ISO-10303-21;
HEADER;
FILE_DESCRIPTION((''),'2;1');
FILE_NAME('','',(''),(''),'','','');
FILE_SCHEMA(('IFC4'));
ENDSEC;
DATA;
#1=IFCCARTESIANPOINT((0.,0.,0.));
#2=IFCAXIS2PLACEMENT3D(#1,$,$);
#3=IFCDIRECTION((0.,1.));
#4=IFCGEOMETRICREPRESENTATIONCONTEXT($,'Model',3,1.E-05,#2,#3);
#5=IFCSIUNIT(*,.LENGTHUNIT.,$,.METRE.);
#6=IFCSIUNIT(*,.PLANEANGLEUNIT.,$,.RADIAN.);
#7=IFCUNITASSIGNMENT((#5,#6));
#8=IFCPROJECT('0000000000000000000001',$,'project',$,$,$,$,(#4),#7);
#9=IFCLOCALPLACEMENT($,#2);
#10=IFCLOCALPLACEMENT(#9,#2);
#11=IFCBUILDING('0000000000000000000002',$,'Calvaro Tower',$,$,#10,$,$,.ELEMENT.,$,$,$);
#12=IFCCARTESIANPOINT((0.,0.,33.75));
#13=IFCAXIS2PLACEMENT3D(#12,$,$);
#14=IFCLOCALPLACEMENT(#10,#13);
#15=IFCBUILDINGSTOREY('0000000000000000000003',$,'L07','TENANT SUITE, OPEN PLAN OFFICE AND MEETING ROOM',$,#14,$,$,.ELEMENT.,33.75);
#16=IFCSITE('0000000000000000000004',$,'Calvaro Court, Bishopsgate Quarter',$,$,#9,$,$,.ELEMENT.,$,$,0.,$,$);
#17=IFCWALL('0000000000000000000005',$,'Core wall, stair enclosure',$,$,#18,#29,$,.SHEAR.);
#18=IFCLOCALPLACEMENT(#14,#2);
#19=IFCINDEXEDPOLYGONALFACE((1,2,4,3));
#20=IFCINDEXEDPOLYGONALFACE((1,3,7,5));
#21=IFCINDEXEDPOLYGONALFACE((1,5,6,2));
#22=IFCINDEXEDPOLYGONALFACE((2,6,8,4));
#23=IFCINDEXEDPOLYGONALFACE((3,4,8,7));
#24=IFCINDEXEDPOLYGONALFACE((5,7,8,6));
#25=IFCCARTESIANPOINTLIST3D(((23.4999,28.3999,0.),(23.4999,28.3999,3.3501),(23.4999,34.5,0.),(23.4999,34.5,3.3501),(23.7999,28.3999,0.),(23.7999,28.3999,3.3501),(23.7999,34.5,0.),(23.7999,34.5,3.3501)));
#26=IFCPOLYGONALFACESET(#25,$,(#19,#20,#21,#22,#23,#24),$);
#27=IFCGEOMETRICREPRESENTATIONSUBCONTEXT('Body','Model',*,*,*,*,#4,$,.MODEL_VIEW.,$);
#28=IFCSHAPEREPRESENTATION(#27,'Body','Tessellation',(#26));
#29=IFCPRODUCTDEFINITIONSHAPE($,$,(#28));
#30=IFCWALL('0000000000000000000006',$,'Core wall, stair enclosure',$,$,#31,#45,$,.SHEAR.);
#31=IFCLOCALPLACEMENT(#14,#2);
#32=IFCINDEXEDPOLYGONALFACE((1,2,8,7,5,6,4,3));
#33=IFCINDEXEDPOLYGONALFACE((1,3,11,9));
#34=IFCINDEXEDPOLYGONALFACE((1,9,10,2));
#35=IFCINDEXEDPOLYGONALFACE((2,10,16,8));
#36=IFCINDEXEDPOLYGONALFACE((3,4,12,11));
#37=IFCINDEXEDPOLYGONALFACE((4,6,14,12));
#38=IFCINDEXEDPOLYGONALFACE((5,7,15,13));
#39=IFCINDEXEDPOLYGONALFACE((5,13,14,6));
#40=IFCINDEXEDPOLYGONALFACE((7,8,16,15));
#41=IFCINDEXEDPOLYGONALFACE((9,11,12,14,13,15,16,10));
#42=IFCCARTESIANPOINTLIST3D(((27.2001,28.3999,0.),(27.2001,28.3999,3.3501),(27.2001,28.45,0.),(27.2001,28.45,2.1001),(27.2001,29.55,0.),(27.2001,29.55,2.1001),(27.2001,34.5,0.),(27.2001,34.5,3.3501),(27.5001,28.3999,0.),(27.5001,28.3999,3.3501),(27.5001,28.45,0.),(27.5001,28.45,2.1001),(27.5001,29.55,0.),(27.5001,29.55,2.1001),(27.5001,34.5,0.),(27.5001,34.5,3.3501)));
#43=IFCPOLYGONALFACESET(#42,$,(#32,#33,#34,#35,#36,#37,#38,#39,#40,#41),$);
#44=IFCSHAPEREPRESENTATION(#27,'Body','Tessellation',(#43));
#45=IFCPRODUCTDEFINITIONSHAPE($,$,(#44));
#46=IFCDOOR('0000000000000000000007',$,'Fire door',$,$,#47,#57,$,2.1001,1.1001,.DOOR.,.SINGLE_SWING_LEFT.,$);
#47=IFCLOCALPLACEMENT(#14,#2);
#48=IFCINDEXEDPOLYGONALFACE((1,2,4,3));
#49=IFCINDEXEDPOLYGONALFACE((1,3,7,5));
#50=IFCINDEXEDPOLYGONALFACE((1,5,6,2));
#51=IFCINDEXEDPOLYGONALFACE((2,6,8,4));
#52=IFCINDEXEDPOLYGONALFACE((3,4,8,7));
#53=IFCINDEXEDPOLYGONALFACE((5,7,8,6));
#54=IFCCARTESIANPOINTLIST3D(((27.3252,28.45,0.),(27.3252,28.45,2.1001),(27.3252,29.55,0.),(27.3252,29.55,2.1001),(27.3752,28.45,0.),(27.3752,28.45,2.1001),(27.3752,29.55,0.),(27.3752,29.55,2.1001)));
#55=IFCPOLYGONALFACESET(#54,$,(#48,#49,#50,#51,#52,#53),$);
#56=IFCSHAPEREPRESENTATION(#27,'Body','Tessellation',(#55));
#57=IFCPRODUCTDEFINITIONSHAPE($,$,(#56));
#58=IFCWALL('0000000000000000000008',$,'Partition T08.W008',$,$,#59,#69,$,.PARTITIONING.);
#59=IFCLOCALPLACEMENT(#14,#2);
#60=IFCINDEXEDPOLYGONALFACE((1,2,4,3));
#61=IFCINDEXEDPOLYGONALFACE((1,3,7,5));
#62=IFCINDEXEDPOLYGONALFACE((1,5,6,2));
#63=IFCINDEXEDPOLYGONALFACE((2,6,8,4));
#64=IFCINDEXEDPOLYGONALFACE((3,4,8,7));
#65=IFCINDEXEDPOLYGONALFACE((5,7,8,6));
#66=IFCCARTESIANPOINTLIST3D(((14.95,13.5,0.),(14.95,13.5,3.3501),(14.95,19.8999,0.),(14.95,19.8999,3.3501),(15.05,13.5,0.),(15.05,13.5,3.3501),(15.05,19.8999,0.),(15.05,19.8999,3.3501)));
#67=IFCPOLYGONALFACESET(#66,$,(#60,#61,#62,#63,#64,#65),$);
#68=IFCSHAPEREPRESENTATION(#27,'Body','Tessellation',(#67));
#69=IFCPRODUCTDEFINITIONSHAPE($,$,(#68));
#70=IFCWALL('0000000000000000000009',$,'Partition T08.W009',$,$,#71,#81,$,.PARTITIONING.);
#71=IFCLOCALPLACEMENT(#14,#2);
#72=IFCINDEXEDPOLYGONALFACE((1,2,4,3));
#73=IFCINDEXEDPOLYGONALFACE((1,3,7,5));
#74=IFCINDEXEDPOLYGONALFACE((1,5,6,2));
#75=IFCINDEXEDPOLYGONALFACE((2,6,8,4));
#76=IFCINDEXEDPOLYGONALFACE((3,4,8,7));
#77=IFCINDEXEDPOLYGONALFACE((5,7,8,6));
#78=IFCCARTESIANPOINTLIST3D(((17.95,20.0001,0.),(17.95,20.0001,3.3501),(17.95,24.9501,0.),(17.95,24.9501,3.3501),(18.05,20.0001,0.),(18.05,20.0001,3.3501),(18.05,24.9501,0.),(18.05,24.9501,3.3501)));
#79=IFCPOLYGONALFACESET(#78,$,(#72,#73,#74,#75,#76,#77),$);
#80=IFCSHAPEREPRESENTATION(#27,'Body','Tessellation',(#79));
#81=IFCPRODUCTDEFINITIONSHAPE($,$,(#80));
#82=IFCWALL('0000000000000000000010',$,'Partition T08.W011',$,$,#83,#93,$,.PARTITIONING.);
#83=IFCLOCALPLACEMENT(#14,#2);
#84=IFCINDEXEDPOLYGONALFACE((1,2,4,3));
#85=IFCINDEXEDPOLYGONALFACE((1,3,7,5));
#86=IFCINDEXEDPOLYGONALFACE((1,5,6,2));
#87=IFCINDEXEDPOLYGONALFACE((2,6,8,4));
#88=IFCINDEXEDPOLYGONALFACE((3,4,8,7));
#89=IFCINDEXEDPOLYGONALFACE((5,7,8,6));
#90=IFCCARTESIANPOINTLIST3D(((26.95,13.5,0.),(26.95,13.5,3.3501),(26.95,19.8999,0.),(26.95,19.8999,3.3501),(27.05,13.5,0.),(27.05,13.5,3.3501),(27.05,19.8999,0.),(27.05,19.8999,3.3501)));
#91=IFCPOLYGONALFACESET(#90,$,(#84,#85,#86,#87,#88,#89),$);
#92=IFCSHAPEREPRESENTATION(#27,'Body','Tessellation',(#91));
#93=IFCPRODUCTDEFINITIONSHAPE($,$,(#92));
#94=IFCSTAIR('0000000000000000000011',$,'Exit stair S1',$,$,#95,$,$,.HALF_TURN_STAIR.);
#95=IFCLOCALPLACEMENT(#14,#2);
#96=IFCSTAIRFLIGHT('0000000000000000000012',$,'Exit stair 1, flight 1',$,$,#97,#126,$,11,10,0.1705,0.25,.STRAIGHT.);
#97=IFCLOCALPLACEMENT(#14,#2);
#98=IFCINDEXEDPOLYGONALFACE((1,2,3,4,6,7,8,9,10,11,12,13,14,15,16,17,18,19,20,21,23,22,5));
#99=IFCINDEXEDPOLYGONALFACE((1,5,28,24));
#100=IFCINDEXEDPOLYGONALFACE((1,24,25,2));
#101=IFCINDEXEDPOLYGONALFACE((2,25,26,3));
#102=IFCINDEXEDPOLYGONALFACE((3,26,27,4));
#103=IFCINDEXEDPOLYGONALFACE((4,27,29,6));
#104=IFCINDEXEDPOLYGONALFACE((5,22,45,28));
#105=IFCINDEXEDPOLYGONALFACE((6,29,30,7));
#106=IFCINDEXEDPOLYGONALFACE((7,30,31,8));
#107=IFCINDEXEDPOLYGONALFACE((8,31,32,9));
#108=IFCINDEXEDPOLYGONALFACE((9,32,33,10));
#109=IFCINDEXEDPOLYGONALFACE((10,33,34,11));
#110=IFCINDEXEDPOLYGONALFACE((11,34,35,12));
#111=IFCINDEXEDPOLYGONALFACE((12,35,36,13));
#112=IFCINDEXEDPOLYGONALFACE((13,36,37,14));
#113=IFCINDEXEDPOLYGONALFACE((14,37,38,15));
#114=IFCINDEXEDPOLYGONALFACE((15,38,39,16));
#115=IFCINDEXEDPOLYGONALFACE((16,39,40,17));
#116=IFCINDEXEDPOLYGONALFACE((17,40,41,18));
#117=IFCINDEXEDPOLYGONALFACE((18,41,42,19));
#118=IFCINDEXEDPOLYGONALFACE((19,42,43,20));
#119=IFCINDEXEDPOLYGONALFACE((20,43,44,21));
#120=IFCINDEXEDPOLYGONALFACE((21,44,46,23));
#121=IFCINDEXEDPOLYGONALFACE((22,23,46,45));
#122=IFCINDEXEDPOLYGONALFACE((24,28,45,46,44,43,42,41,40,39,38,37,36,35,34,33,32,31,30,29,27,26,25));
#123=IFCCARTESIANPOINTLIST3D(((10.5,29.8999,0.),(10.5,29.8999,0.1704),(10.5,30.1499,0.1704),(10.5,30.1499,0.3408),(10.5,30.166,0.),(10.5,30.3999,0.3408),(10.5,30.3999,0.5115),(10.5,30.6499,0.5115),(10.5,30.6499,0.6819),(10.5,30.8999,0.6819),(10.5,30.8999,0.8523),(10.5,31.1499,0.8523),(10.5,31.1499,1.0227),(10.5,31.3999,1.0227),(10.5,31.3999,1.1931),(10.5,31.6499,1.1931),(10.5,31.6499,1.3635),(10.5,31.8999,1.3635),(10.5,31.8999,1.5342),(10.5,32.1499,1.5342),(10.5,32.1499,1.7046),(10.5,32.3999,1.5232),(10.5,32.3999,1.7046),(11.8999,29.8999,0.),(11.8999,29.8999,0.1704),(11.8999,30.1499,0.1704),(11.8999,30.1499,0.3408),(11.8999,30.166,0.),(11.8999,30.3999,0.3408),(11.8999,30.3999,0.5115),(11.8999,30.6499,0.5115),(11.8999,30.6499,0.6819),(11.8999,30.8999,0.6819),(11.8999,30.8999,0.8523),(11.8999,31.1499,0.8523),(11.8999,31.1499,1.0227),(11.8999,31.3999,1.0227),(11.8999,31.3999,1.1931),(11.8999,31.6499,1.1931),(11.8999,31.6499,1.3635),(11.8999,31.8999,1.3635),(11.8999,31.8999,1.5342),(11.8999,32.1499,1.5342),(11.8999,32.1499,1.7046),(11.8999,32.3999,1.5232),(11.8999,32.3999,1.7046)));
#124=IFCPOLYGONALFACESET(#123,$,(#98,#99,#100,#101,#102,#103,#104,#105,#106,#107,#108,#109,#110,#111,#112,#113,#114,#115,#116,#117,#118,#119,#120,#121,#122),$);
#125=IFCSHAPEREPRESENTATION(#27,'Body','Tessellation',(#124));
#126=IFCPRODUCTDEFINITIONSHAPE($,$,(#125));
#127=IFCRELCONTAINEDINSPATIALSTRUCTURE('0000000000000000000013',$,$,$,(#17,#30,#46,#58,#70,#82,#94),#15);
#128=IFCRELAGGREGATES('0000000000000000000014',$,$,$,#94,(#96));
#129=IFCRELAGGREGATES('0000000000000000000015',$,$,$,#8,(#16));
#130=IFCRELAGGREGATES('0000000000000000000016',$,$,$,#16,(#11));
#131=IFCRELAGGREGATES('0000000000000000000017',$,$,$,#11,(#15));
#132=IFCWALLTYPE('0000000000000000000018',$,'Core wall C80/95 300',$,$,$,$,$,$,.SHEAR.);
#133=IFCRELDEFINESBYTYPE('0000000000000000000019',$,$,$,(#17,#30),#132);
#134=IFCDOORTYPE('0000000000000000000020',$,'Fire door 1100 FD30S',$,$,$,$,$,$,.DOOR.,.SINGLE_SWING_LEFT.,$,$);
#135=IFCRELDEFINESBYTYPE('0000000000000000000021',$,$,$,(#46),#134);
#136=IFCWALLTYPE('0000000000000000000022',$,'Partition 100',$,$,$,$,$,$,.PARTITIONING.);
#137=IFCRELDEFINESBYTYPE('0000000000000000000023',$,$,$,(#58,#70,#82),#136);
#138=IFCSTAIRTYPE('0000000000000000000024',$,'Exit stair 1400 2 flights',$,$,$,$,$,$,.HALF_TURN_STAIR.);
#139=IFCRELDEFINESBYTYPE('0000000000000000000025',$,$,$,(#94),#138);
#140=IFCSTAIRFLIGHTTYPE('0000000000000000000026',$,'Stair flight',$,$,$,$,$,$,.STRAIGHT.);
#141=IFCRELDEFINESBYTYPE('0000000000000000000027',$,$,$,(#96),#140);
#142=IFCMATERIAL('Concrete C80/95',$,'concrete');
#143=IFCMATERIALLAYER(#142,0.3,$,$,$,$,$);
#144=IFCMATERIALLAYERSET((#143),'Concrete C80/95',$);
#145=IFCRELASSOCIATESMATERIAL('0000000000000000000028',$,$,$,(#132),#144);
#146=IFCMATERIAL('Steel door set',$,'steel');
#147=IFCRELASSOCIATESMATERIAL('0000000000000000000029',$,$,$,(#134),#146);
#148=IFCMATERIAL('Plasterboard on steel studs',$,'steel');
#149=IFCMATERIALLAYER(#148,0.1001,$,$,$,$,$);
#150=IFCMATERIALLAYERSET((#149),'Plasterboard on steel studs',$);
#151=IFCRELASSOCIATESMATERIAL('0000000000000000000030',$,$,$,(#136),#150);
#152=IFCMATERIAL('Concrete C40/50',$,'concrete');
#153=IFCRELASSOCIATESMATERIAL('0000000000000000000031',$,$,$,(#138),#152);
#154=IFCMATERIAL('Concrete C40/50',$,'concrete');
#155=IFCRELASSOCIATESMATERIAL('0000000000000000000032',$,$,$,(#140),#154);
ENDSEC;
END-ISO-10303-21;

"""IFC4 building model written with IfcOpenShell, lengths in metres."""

from ifc_helpers import new_model, si_unit, direction, frame, frame_2d, origin, place, context, subcontext, project, spatial, polyline, rectangle, outline, extrude, material, layer, layer_set, type_object, element, fill, aggregate, save


model = new_model("IFC4")

# Units and contexts
model_context = context("Model", 3, precision=1e-05, world=origin(), true_north=direction((0.0, 1.0)))
body_context = subcontext(model_context, "Body", "Model", "MODEL_VIEW")
ifc_project = project(units=[si_unit("LENGTHUNIT", "METRE"), si_unit("PLANEANGLEUNIT", "RADIAN")], contexts=[model_context])

# Site, building, storey
site_placement = place(None, origin())
site = spatial("IfcSite", under=ifc_project, at=site_placement, Name="Calvaro Court, Bishopsgate Quarter", CompositionType="ELEMENT", RefElevation=0.0)
building_placement = place(site_placement, origin())
building = spatial("IfcBuilding", under=site, at=building_placement, Name="Calvaro Tower", CompositionType="ELEMENT")
storey_placement = place(building_placement, frame((0.0, 0.0, 33.75)))
storey = spatial("IfcBuildingStorey", under=building, at=storey_placement, Name="L07", Description="TENANT SUITE, OPEN PLAN OFFICE AND MEETING ROOM", CompositionType="ELEMENT", Elevation=33.75)

# Wall
ifc_material_1 = material(Name="Concrete C80/95", Category="concrete")
ifc_layer_1 = layer(ifc_material_1, 0.3)
ifc_layer_set_1 = layer_set([ifc_layer_1], Name="Concrete C80/95")
wall_type_1 = type_object("IfcWallType", Name="Core wall C80/95 300", PredefinedType="SHEAR", material=ifc_layer_set_1)
for number, where, z_axis, x_axis, name in (
    (1, (23.6499, 28.3999, 0.0), (0.0, 0.0, 1.0), (0.0, 1.0, 0.0), "Core wall, stair enclosure"),
):
    element("IfcWall", number, at=place(storey_placement, frame(where, z_axis=z_axis, x_axis=x_axis)), inside=storey, type_object=wall_type_1, Name=name, PredefinedType="SHEAR", context=body_context, shape_type="SweptSolid", body=[
        extrude(rectangle(XDim=6.1001, YDim=0.3, at=frame_2d((3.05, 0.0))), origin(), (0.0, 0.0, 1.0), 3.3501),
    ])

# Wall, opening, door
wall_1_placement = place(storey_placement, frame((27.3501, 28.3999, 0.0), z_axis=(0.0, 0.0, 1.0), x_axis=(0.0, 1.0, 0.0)))
wall_1 = element("IfcWall", 2, at=wall_1_placement, inside=storey, type_object=wall_type_1, Name="Core wall, stair enclosure", PredefinedType="SHEAR", context=body_context, shape_type="SweptSolid", body=[
    extrude(rectangle(XDim=6.1001, YDim=0.3, at=frame_2d((3.05, 0.0))), origin(), (0.0, 0.0, 1.0), 3.3501),
])
opening_1_placement = place(wall_1_placement, frame((0.05, 0.0, 0.0)))
opening_1 = element("IfcOpeningElement", 3, at=opening_1_placement, cuts=wall_1, PredefinedType="OPENING", context=body_context, shape_type="SweptSolid", body=[
    extrude(rectangle(XDim=1.1001, YDim=2.1001, at=frame_2d((0.55, 1.05))), frame((0.0, 0.1599, 0.0), z_axis=(0.0, -1.0, 0.0), x_axis=(1.0, 0.0, 0.0)), (0.0, 0.0, 1.0), 0.3201),
])
ifc_material_2 = material(Name="Steel door set", Category="steel")
door_type_1 = type_object("IfcDoorType", Name="Fire door 1100 FD30S", OperationType="SINGLE_SWING_LEFT", PredefinedType="DOOR", material=ifc_material_2)
door_1_placement = place(opening_1_placement, origin())
door_1 = element("IfcDoor", 4, at=door_1_placement, inside=storey, type_object=door_type_1, Name="Fire door", OperationType="SINGLE_SWING_LEFT", OverallHeight=2.1001, OverallWidth=1.1001, PredefinedType="DOOR", context=body_context, shape_type="SweptSolid", body=[
    extrude(rectangle(XDim=1.1001, YDim=2.1001, at=frame_2d((0.55, 1.05))), frame((0.0, 0.0249, 0.0), z_axis=(0.0, -1.0, 0.0), x_axis=(1.0, 0.0, 0.0)), (0.0, 0.0, 1.0), 0.05),
])
fill(opening_1, door_1)

# Walls
ifc_material_3 = material(Name="Plasterboard on steel studs", Category="steel")
ifc_layer_2 = layer(ifc_material_3, 0.1001)
ifc_layer_set_2 = layer_set([ifc_layer_2], Name="Plasterboard on steel studs")
wall_type_2 = type_object("IfcWallType", Name="Partition 100", PredefinedType="PARTITIONING", material=ifc_layer_set_2)
wall_2_placement = place(storey_placement, frame((15.0, 13.5, 0.0), z_axis=(0.0, 0.0, 1.0), x_axis=(0.0, 1.0, 0.0)))
element("IfcWall", 5, at=wall_2_placement, inside=storey, type_object=wall_type_2, Name="Partition T08.W008", PredefinedType="PARTITIONING", context=body_context, shape_type="SweptSolid", body=[
    extrude(rectangle(XDim=6.3999, YDim=0.1001, at=frame_2d((3.2, 0.0))), origin(), (0.0, 0.0, 1.0), 3.3501),
])
wall_3_placement = place(storey_placement, frame((18.0, 20.0, 0.0), z_axis=(0.0, 0.0, 1.0), x_axis=(0.0, 1.0, 0.0)))
element("IfcWall", 6, at=wall_3_placement, inside=storey, type_object=wall_type_2, Name="Partition T08.W009", PredefinedType="PARTITIONING", context=body_context, shape_type="SweptSolid", body=[
    extrude(rectangle(XDim=4.95, YDim=0.1001, at=frame_2d((2.4751, 0.0))), origin(), (0.0, 0.0, 1.0), 3.3501),
])
wall_4_placement = place(storey_placement, frame((27.0, 13.5, 0.0), z_axis=(0.0, 0.0, 1.0), x_axis=(0.0, 1.0, 0.0)))
element("IfcWall", 7, at=wall_4_placement, inside=storey, type_object=wall_type_2, Name="Partition T08.W011", PredefinedType="PARTITIONING", context=body_context, shape_type="SweptSolid", body=[
    extrude(rectangle(XDim=6.3999, YDim=0.1001, at=frame_2d((3.2, 0.0))), origin(), (0.0, 0.0, 1.0), 3.3501),
])

# Stair, stair flight
ifc_material_4 = material(Name="Concrete C40/50", Category="concrete")
stair_type = type_object("IfcStairType", Name="Exit stair 1400 2 flights", PredefinedType="HALF_TURN_STAIR", material=ifc_material_4)
stair_placement = place(storey_placement, origin())
stair = element("IfcStair", 8, at=stair_placement, inside=storey, type_object=stair_type, Name="Exit stair S1", PredefinedType="HALF_TURN_STAIR")
ifc_material_5 = material(Name="Concrete C40/50", Category="concrete")
stair_flight_type = type_object("IfcStairFlightType", Name="Stair flight", PredefinedType="STRAIGHT", material=ifc_material_5)
stair_flight_placement = place(storey_placement, frame((11.2, 29.8999, 0.0), z_axis=(0.0, 0.0, 1.0), x_axis=(0.0, 1.0, 0.0)))
stair_flight = element("IfcStairFlight", 9, at=stair_flight_placement, type_object=stair_flight_type, Name="Exit stair 1, flight 1", NumberOfRisers=11, NumberOfTreads=10, PredefinedType="STRAIGHT", RiserHeight=0.1705, TreadLength=0.25, context=body_context, shape_type="SweptSolid", body=[
    extrude(outline(polyline([(0.0, 0.0), (0.0, 0.1704), (0.25, 0.1704), (0.25, 0.3408), (0.5, 0.3408), (0.5, 0.5115), (0.75, 0.5115), (0.75, 0.6819), (1.0, 0.6819), (1.0, 0.8523), (1.25, 0.8523), (1.25, 1.0227), (1.5, 1.0227), (1.5, 1.1931), (1.75, 1.1931), (1.75, 1.3635), (2.0, 1.3635), (2.0, 1.5342), (2.25, 1.5342), (2.25, 1.7046), (2.5, 1.7046), (2.5, 1.875), (2.5, 1.5232), (0.2661, 0.0), (0.0, 0.0)])), frame((0.0, 0.7, 0.0), z_axis=(0.0, -1.0, 0.0), x_axis=(1.0, 0.0, 0.0)), (0.0, 0.0, 1.0), 1.3999),
])
aggregate(stair, [stair_flight])

save(model, "model.ifc")
